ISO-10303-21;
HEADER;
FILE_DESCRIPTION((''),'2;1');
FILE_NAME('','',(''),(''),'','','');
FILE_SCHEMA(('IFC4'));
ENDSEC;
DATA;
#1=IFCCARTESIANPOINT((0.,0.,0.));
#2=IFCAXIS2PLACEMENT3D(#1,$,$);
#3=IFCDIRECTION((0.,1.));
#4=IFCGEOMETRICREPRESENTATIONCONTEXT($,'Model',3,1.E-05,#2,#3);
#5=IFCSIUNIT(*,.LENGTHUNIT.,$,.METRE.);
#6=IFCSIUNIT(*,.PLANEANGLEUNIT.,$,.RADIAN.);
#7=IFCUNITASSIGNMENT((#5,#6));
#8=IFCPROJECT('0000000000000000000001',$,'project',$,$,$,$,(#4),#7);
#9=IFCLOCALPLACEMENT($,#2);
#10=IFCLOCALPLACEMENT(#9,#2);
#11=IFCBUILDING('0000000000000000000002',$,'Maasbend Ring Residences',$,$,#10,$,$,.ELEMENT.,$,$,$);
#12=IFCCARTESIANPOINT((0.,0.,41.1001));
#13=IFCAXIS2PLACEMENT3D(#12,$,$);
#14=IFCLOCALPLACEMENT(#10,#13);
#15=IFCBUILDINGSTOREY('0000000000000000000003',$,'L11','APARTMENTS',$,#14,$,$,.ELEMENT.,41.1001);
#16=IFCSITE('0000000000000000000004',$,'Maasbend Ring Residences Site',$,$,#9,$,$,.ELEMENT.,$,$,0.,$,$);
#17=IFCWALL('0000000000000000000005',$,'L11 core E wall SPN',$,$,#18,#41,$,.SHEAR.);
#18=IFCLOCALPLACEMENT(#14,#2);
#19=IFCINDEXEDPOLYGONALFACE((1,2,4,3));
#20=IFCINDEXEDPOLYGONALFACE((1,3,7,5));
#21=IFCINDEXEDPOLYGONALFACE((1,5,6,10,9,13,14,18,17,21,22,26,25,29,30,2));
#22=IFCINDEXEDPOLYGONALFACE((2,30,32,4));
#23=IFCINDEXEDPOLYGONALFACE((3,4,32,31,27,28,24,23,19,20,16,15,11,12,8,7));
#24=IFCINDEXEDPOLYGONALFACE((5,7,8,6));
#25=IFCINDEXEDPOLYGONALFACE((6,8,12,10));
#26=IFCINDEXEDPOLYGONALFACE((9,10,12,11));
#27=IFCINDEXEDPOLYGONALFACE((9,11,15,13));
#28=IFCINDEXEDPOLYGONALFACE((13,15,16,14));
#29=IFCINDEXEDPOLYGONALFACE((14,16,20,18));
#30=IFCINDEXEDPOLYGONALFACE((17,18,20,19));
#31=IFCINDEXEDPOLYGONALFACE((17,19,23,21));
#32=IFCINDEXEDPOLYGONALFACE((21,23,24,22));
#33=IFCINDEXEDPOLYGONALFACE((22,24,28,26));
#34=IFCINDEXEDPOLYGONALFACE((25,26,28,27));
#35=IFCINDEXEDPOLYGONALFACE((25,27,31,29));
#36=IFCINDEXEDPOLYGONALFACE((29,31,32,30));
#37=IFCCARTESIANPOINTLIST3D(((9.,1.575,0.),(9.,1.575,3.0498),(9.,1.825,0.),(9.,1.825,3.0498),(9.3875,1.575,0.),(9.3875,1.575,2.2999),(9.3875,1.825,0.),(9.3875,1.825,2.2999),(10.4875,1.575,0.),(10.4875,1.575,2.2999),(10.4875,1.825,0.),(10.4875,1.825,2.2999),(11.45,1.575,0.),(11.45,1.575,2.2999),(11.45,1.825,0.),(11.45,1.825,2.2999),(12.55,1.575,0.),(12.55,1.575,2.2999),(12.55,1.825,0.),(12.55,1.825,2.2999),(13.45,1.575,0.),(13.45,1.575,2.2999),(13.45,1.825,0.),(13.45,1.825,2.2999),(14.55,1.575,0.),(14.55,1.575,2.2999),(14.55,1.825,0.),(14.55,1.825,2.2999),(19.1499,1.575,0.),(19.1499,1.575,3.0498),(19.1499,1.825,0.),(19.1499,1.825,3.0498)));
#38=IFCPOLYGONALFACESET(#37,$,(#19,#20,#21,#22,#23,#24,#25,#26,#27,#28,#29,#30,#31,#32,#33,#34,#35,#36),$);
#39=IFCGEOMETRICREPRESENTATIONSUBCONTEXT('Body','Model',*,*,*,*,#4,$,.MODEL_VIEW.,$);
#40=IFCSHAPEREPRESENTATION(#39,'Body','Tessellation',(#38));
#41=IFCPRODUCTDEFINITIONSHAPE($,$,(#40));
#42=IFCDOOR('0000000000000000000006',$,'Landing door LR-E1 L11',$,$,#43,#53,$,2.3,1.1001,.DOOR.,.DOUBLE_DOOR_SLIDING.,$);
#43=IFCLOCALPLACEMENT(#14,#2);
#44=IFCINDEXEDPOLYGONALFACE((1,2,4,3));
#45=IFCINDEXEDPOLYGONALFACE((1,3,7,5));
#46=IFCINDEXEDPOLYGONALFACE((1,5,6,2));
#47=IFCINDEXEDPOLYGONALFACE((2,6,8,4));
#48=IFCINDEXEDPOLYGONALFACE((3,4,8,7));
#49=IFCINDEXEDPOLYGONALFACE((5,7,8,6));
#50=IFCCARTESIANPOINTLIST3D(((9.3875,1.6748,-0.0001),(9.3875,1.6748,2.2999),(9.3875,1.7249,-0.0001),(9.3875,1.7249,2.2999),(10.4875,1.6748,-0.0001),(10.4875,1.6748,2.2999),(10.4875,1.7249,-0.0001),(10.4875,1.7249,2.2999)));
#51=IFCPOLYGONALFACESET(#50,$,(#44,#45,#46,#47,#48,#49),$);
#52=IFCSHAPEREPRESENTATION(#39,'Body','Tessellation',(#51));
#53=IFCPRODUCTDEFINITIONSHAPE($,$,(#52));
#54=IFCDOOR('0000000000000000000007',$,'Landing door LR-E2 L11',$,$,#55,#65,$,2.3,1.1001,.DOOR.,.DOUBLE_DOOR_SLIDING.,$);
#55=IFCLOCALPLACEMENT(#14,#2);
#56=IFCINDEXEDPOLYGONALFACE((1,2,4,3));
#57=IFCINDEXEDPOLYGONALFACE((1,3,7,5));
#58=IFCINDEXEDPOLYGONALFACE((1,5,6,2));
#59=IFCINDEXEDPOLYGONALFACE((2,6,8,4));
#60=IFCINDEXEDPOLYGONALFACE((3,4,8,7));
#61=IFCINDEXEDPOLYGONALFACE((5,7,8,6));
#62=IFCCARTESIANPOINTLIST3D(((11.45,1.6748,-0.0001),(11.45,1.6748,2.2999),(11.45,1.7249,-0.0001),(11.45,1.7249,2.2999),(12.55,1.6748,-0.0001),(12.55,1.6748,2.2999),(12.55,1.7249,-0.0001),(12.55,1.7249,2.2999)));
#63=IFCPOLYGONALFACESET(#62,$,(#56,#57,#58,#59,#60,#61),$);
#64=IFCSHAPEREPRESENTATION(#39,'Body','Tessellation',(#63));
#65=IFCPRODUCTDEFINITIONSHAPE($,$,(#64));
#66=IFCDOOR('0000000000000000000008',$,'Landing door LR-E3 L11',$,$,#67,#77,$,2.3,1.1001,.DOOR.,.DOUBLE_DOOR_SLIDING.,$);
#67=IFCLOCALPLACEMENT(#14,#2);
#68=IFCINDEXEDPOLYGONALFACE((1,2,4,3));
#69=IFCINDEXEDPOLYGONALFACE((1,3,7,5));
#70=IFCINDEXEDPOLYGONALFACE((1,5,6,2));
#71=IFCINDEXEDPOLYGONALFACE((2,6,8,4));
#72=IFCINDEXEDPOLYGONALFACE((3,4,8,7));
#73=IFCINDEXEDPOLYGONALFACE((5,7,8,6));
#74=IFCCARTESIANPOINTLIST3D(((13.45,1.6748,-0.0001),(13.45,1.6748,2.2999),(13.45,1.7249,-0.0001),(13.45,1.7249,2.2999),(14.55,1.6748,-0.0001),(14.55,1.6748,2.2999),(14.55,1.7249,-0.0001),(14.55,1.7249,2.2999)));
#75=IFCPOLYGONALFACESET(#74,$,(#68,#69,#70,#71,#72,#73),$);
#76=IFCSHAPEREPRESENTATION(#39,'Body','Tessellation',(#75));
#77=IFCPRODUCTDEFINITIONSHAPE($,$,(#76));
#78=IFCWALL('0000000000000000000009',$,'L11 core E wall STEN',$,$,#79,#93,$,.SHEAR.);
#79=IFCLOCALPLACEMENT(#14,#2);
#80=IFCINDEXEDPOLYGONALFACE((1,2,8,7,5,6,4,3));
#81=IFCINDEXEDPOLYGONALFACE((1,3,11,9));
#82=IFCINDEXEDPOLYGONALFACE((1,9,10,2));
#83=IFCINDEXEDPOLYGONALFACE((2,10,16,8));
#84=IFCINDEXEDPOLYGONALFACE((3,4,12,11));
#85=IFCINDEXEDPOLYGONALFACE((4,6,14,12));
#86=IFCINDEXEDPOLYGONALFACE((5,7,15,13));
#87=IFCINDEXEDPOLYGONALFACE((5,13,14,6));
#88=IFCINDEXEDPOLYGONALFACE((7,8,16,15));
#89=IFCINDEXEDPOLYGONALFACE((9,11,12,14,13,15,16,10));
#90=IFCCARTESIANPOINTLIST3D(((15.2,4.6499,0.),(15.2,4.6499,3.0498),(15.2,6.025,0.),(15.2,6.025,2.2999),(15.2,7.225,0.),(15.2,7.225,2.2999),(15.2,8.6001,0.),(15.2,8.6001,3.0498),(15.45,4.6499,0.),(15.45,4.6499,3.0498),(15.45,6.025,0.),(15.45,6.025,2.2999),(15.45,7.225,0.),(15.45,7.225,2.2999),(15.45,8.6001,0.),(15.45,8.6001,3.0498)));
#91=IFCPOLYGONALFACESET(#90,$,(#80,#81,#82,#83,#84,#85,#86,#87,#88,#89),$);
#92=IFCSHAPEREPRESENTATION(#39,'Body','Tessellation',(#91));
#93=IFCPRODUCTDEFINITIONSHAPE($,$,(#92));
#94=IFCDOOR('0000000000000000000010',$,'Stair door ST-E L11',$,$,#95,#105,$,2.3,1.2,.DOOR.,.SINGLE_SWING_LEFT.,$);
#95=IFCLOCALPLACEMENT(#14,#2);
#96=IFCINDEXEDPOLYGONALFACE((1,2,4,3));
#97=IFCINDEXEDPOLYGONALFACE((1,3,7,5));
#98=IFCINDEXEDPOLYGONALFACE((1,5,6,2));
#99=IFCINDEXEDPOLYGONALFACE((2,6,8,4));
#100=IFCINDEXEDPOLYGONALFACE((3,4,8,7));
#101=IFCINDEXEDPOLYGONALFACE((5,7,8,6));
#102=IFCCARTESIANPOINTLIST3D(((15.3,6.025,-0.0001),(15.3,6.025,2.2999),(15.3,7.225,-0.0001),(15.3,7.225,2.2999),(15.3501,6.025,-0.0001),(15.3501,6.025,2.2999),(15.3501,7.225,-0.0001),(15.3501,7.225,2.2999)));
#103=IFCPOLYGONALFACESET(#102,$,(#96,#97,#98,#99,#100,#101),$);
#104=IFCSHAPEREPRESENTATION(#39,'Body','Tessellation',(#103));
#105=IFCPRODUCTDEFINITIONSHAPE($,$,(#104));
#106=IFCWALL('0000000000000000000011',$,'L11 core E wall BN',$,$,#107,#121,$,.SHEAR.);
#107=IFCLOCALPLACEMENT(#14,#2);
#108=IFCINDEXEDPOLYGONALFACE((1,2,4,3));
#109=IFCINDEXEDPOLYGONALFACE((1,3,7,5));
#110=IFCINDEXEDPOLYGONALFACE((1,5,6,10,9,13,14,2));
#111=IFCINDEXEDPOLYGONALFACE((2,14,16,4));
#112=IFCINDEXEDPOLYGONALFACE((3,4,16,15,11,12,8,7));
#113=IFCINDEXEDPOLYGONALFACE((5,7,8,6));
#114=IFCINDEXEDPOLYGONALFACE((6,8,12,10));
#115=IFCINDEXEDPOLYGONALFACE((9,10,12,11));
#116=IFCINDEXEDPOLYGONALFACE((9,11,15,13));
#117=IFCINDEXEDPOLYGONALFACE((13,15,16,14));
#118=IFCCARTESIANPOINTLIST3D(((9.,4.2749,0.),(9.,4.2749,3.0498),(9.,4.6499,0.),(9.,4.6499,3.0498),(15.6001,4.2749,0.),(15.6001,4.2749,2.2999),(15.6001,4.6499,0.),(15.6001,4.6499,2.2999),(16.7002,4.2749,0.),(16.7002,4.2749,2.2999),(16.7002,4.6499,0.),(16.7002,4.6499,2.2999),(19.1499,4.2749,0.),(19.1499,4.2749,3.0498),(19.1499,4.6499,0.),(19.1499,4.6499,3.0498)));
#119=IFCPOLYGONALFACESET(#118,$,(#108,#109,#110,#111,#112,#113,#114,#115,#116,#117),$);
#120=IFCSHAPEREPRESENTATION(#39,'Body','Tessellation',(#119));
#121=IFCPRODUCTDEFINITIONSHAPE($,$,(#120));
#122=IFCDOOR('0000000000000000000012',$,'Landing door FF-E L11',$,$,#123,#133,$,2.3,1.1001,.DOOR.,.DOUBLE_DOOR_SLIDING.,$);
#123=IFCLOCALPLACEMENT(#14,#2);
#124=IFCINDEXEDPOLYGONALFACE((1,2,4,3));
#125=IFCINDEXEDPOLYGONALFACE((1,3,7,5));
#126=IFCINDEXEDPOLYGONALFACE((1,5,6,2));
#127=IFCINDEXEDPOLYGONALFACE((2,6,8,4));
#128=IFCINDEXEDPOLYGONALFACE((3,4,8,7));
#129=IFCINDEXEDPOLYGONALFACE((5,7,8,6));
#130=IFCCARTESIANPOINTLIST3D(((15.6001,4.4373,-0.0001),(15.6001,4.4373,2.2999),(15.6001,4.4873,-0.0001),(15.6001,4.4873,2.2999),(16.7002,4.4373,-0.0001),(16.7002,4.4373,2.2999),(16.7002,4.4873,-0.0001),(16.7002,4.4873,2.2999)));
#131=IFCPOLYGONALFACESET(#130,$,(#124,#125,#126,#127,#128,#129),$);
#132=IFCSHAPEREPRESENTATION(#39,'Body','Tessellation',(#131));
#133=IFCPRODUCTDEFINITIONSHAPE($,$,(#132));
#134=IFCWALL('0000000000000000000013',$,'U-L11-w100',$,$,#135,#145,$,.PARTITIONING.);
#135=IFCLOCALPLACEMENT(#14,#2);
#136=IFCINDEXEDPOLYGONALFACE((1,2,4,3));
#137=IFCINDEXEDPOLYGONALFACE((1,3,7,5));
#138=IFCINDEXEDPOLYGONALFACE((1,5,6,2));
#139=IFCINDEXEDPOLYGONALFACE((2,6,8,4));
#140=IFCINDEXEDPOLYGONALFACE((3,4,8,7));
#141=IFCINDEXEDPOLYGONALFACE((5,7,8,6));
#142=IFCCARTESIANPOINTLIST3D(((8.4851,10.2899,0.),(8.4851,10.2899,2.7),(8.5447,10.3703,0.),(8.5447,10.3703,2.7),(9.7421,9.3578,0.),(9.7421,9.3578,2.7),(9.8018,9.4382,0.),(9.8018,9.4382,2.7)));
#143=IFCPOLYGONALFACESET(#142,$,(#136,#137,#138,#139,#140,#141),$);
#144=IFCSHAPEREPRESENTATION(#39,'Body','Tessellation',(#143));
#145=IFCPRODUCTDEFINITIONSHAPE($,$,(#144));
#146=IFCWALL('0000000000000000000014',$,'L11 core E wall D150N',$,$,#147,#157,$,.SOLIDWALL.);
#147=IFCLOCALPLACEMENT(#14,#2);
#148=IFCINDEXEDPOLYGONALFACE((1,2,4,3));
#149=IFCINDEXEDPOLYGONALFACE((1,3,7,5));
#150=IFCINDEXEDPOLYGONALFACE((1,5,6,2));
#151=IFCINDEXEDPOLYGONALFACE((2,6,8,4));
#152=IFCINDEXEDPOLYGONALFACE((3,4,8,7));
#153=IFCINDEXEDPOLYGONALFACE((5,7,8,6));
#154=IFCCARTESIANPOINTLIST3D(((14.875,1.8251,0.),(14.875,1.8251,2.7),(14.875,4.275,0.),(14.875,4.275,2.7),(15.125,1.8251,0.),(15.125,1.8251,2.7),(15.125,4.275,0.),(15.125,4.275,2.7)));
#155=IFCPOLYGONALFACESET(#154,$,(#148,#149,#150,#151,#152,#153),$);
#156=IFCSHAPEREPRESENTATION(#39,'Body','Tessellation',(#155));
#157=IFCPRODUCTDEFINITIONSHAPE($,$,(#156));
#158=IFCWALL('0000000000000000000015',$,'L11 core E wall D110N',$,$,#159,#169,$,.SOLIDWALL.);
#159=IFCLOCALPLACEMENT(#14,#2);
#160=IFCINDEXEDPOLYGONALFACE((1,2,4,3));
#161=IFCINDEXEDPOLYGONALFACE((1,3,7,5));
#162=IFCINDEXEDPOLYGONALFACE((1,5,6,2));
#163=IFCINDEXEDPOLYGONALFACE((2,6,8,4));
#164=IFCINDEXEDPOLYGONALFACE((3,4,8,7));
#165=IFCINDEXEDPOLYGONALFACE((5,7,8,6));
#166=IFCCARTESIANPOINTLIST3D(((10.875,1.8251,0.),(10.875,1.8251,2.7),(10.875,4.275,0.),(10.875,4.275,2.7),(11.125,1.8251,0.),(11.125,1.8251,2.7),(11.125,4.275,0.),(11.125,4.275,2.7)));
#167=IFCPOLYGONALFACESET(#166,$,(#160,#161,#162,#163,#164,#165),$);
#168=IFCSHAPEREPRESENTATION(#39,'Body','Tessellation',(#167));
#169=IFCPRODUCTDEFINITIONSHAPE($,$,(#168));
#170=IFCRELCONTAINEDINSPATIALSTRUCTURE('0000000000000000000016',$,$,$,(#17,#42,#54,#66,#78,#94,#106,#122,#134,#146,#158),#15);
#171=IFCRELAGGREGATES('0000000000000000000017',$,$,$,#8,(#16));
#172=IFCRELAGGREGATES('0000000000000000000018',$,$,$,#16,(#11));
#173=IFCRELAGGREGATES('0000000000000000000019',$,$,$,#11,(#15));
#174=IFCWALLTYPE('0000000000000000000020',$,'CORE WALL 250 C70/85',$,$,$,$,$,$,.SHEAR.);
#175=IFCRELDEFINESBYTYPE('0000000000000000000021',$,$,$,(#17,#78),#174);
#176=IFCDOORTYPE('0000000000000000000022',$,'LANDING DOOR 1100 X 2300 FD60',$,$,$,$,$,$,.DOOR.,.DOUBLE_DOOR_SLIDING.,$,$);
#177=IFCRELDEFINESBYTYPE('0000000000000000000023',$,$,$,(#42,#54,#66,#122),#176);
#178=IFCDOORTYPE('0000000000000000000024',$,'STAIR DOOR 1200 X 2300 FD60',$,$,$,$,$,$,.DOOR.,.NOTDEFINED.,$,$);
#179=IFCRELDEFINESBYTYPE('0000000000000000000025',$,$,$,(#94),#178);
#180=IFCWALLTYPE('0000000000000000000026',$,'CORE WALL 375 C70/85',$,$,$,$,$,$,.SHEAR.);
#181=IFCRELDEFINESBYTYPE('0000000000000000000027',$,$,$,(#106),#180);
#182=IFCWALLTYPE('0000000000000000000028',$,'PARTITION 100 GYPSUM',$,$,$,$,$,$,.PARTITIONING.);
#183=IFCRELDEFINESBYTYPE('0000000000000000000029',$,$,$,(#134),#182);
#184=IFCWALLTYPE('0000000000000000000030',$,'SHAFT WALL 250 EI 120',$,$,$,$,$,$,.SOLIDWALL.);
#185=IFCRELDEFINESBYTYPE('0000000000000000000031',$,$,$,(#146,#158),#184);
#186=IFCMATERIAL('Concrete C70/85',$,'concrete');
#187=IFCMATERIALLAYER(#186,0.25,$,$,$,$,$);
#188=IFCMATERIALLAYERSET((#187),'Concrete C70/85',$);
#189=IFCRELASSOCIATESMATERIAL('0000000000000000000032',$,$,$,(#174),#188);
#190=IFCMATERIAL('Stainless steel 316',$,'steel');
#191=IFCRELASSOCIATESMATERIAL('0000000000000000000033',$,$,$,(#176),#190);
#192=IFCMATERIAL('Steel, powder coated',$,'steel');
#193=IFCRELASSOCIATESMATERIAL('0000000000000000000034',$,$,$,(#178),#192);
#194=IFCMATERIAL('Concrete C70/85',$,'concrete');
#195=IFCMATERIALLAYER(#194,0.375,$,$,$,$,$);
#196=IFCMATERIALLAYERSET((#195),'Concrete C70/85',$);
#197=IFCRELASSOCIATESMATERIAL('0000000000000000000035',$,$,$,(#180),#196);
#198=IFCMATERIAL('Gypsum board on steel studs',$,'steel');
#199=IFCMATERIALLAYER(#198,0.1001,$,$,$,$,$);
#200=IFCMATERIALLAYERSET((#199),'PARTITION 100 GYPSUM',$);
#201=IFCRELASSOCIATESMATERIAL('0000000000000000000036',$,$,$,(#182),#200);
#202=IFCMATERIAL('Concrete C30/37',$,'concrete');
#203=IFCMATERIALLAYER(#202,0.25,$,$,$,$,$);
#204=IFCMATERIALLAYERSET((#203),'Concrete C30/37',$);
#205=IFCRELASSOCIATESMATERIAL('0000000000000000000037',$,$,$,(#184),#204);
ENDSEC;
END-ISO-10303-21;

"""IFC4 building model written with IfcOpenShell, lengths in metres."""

from ifc_helpers import new_model, si_unit, direction, frame, frame_2d, origin, place, context, subcontext, project, spatial, rectangle, extrude, material, layer, layer_set, type_object, element, fill, save


model = new_model("IFC4")

# Units and contexts
model_context = context("Model", 3, precision=1e-05, world=origin(), true_north=direction((0.0, 1.0)))
body_context = subcontext(model_context, "Body", "Model", "MODEL_VIEW")
ifc_project = project(units=[si_unit("LENGTHUNIT", "METRE"), si_unit("PLANEANGLEUNIT", "RADIAN")], contexts=[model_context])

# Site, building, storey
site_placement = place(None, origin())
site = spatial("IfcSite", under=ifc_project, at=site_placement, Name="Maasbend Ring Residences Site", CompositionType="ELEMENT", RefElevation=0.0)
building_placement = place(site_placement, origin())
building = spatial("IfcBuilding", under=site, at=building_placement, Name="Maasbend Ring Residences", CompositionType="ELEMENT")
storey_placement = place(building_placement, frame((0.0, 0.0, 41.1001)))
storey = spatial("IfcBuildingStorey", under=building, at=storey_placement, Name="L11", Description="APARTMENTS", CompositionType="ELEMENT", Elevation=41.1001)

# Wall, openings, doors
ifc_material_1 = material(Name="Concrete C70/85", Category="concrete")
ifc_layer_1 = layer(ifc_material_1, 0.25)
ifc_layer_set_1 = layer_set([ifc_layer_1], Name="Concrete C70/85")
wall_type_1 = type_object("IfcWallType", Name="CORE WALL 250 C70/85", PredefinedType="SHEAR", material=ifc_layer_set_1)
wall_1_placement = place(storey_placement, frame((9.0, 1.7, 0.0), z_axis=(0.0, 0.0, 1.0), x_axis=(1.0, 0.0, 0.0)))
wall_1 = element("IfcWall", 1, at=wall_1_placement, inside=storey, type_object=wall_type_1, Name="L11 core E wall SPN", PredefinedType="SHEAR", context=body_context, shape_type="SweptSolid", body=[
    extrude(rectangle(XDim=10.1499, YDim=0.25, at=frame_2d((5.075, 0.0))), origin(), (0.0, 0.0, 1.0), 3.0498),
])
opening_1_placement = place(wall_1_placement, frame((0.3875, 0.0, 0.0)))
opening_1 = element("IfcOpeningElement", 2, at=opening_1_placement, cuts=wall_1, PredefinedType="OPENING", context=body_context, shape_type="SweptSolid", body=[
    extrude(rectangle(XDim=1.1001, YDim=2.3, at=frame_2d((0.55, 1.1499))), frame((0.0, 0.135, 0.0), z_axis=(0.0, -1.0, 0.0), x_axis=(1.0, 0.0, 0.0)), (0.0, 0.0, 1.0), 0.27),
])
opening_2_placement = place(wall_1_placement, frame((2.45, 0.0, 0.0)))
opening_2 = element("IfcOpeningElement", 3, at=opening_2_placement, cuts=wall_1, PredefinedType="OPENING", context=body_context, shape_type="SweptSolid", body=[
    extrude(rectangle(XDim=1.1001, YDim=2.3, at=frame_2d((0.55, 1.1499))), frame((0.0, 0.135, 0.0), z_axis=(0.0, -1.0, 0.0), x_axis=(1.0, 0.0, 0.0)), (0.0, 0.0, 1.0), 0.27),
])
opening_3_placement = place(wall_1_placement, frame((4.45, 0.0, 0.0)))
opening_3 = element("IfcOpeningElement", 4, at=opening_3_placement, cuts=wall_1, PredefinedType="OPENING", context=body_context, shape_type="SweptSolid", body=[
    extrude(rectangle(XDim=1.1001, YDim=2.3, at=frame_2d((0.55, 1.1499))), frame((0.0, 0.135, 0.0), z_axis=(0.0, -1.0, 0.0), x_axis=(1.0, 0.0, 0.0)), (0.0, 0.0, 1.0), 0.27),
])
ifc_material_2 = material(Name="Stainless steel 316", Category="steel")
door_type_1 = type_object("IfcDoorType", Name="LANDING DOOR 1100 X 2300 FD60", OperationType="DOUBLE_DOOR_SLIDING", PredefinedType="DOOR", material=ifc_material_2)
door_1_placement = place(opening_1_placement, origin())
door_1 = element("IfcDoor", 5, at=door_1_placement, inside=storey, type_object=door_type_1, Name="Landing door LR-E1 L11", OperationType="DOUBLE_DOOR_SLIDING", OverallHeight=2.3, OverallWidth=1.1001, PredefinedType="DOOR", context=body_context, shape_type="SweptSolid", body=[
    extrude(rectangle(XDim=1.1001, YDim=2.3, at=frame_2d((0.55, 1.1499))), frame((0.0, 0.0249, 0.0), z_axis=(0.0, -1.0, 0.0), x_axis=(1.0, 0.0, 0.0)), (0.0, 0.0, 1.0), 0.05),
])
fill(opening_1, door_1)
door_2_placement = place(opening_2_placement, origin())
door_2 = element("IfcDoor", 6, at=door_2_placement, inside=storey, type_object=door_type_1, Name="Landing door LR-E2 L11", OperationType="DOUBLE_DOOR_SLIDING", OverallHeight=2.3, OverallWidth=1.1001, PredefinedType="DOOR", context=body_context, shape_type="SweptSolid", body=[
    extrude(rectangle(XDim=1.1001, YDim=2.3, at=frame_2d((0.55, 1.1499))), frame((0.0, 0.0249, 0.0), z_axis=(0.0, -1.0, 0.0), x_axis=(1.0, 0.0, 0.0)), (0.0, 0.0, 1.0), 0.05),
])
fill(opening_2, door_2)
door_3_placement = place(opening_3_placement, origin())
door_3 = element("IfcDoor", 7, at=door_3_placement, inside=storey, type_object=door_type_1, Name="Landing door LR-E3 L11", OperationType="DOUBLE_DOOR_SLIDING", OverallHeight=2.3, OverallWidth=1.1001, PredefinedType="DOOR", context=body_context, shape_type="SweptSolid", body=[
    extrude(rectangle(XDim=1.1001, YDim=2.3, at=frame_2d((0.55, 1.1499))), frame((0.0, 0.0249, 0.0), z_axis=(0.0, -1.0, 0.0), x_axis=(1.0, 0.0, 0.0)), (0.0, 0.0, 1.0), 0.05),
])
fill(opening_3, door_3)

# Walls, openings, doors
wall_2_placement = place(storey_placement, frame((15.325, 4.6499, 0.0), z_axis=(0.0, 0.0, 1.0), x_axis=(0.0, 1.0, 0.0)))
wall_2 = element("IfcWall", 8, at=wall_2_placement, inside=storey, type_object=wall_type_1, Name="L11 core E wall STEN", PredefinedType="SHEAR", context=body_context, shape_type="SweptSolid", body=[
    extrude(rectangle(XDim=3.9502, YDim=0.25, at=frame_2d((1.9751, 0.0))), origin(), (0.0, 0.0, 1.0), 3.0498),
])
opening_4_placement = place(wall_2_placement, frame((1.375, 0.0, 0.0)))
opening_4 = element("IfcOpeningElement", 9, at=opening_4_placement, cuts=wall_2, PredefinedType="OPENING", context=body_context, shape_type="SweptSolid", body=[
    extrude(rectangle(XDim=1.2, YDim=2.3, at=frame_2d((0.6001, 1.1499))), frame((0.0, 0.135, 0.0), z_axis=(0.0, -1.0, 0.0), x_axis=(1.0, 0.0, 0.0)), (0.0, 0.0, 1.0), 0.27),
])
ifc_material_3 = material(Name="Steel, powder coated", Category="steel")
door_type_2 = type_object("IfcDoorType", Name="STAIR DOOR 1200 X 2300 FD60", OperationType="NOTDEFINED", PredefinedType="DOOR", material=ifc_material_3)
door_4_placement = place(opening_4_placement, origin())
door_4 = element("IfcDoor", 10, at=door_4_placement, inside=storey, type_object=door_type_2, Name="Stair door ST-E L11", OperationType="SINGLE_SWING_LEFT", OverallHeight=2.3, OverallWidth=1.2, PredefinedType="DOOR", context=body_context, shape_type="SweptSolid", body=[
    extrude(rectangle(XDim=1.2, YDim=2.3, at=frame_2d((0.6001, 1.1499))), frame((0.0, 0.0249, 0.0), z_axis=(0.0, -1.0, 0.0), x_axis=(1.0, 0.0, 0.0)), (0.0, 0.0, 1.0), 0.05),
])
fill(opening_4, door_4)
ifc_material_4 = material(Name="Concrete C70/85", Category="concrete")
ifc_layer_2 = layer(ifc_material_4, 0.375)
ifc_layer_set_2 = layer_set([ifc_layer_2], Name="Concrete C70/85")
wall_type_2 = type_object("IfcWallType", Name="CORE WALL 375 C70/85", PredefinedType="SHEAR", material=ifc_layer_set_2)
wall_3_placement = place(storey_placement, frame((9.0, 4.4624, 0.0), z_axis=(0.0, 0.0, 1.0), x_axis=(1.0, 0.0, 0.0)))
wall_3 = element("IfcWall", 11, at=wall_3_placement, inside=storey, type_object=wall_type_2, Name="L11 core E wall BN", PredefinedType="SHEAR", context=body_context, shape_type="SweptSolid", body=[
    extrude(rectangle(XDim=10.1499, YDim=0.375, at=frame_2d((5.075, 0.0))), origin(), (0.0, 0.0, 1.0), 3.0498),
])
opening_5_placement = place(wall_3_placement, frame((6.6001, 0.0, 0.0)))
opening_5 = element("IfcOpeningElement", 12, at=opening_5_placement, cuts=wall_3, PredefinedType="OPENING", context=body_context, shape_type="SweptSolid", body=[
    extrude(rectangle(XDim=1.1001, YDim=2.3, at=frame_2d((0.55, 1.1499))), frame((0.0, 0.1975, 0.0), z_axis=(0.0, -1.0, 0.0), x_axis=(1.0, 0.0, 0.0)), (0.0, 0.0, 1.0), 0.395),
])
door_5_placement = place(opening_5_placement, origin())
door_5 = element("IfcDoor", 13, at=door_5_placement, inside=storey, type_object=door_type_1, Name="Landing door FF-E L11", OperationType="DOUBLE_DOOR_SLIDING", OverallHeight=2.3, OverallWidth=1.1001, PredefinedType="DOOR", context=body_context, shape_type="SweptSolid", body=[
    extrude(rectangle(XDim=1.1001, YDim=2.3, at=frame_2d((0.55, 1.1499))), frame((0.0, 0.0249, 0.0), z_axis=(0.0, -1.0, 0.0), x_axis=(1.0, 0.0, 0.0)), (0.0, 0.0, 1.0), 0.05),
])
fill(opening_5, door_5)

# Walls
ifc_material_5 = material(Name="Gypsum board on steel studs", Category="steel")
ifc_layer_3 = layer(ifc_material_5, 0.1001)
ifc_layer_set_3 = layer_set([ifc_layer_3], Name="PARTITION 100 GYPSUM")
wall_type_3 = type_object("IfcWallType", Name="PARTITION 100 GYPSUM", PredefinedType="PARTITIONING", material=ifc_layer_set_3)
wall_4_placement = place(storey_placement, frame((8.5149, 10.3301, 0.0), z_axis=(0.0, 0.0, 1.0), x_axis=(0.803264, -0.595623, 0.0)))
element("IfcWall", 14, at=wall_4_placement, inside=storey, type_object=wall_type_3, Name="U-L11-w100", PredefinedType="PARTITIONING", context=body_context, shape_type="SweptSolid", body=[
    extrude(rectangle(XDim=1.5649, YDim=0.1001, at=frame_2d((0.7825, 0.0))), origin(), (0.0, 0.0, 1.0), 2.7),
])
ifc_material_6 = material(Name="Concrete C30/37", Category="concrete")
ifc_layer_4 = layer(ifc_material_6, 0.25)
ifc_layer_set_4 = layer_set([ifc_layer_4], Name="Concrete C30/37")
wall_type_4 = type_object("IfcWallType", Name="SHAFT WALL 250 EI 120", PredefinedType="SOLIDWALL", material=ifc_layer_set_4)
for number, where, z_axis, x_axis, name in (
    (15, (15.0, 1.825, 0.0), (0.0, 0.0, 1.0), (0.0, 1.0, 0.0), "L11 core E wall D150N"),
    (16, (11.0, 1.825, 0.0), (0.0, 0.0, 1.0), (0.0, 1.0, 0.0), "L11 core E wall D110N"),
):
    element("IfcWall", number, at=place(storey_placement, frame(where, z_axis=z_axis, x_axis=x_axis)), inside=storey, type_object=wall_type_4, Name=name, PredefinedType="SOLIDWALL", context=body_context, shape_type="SweptSolid", body=[
        extrude(rectangle(XDim=2.45, YDim=0.25, at=frame_2d((1.2251, 0.0))), origin(), (0.0, 0.0, 1.0), 2.7),
    ])

save(model, "model.ifc")
